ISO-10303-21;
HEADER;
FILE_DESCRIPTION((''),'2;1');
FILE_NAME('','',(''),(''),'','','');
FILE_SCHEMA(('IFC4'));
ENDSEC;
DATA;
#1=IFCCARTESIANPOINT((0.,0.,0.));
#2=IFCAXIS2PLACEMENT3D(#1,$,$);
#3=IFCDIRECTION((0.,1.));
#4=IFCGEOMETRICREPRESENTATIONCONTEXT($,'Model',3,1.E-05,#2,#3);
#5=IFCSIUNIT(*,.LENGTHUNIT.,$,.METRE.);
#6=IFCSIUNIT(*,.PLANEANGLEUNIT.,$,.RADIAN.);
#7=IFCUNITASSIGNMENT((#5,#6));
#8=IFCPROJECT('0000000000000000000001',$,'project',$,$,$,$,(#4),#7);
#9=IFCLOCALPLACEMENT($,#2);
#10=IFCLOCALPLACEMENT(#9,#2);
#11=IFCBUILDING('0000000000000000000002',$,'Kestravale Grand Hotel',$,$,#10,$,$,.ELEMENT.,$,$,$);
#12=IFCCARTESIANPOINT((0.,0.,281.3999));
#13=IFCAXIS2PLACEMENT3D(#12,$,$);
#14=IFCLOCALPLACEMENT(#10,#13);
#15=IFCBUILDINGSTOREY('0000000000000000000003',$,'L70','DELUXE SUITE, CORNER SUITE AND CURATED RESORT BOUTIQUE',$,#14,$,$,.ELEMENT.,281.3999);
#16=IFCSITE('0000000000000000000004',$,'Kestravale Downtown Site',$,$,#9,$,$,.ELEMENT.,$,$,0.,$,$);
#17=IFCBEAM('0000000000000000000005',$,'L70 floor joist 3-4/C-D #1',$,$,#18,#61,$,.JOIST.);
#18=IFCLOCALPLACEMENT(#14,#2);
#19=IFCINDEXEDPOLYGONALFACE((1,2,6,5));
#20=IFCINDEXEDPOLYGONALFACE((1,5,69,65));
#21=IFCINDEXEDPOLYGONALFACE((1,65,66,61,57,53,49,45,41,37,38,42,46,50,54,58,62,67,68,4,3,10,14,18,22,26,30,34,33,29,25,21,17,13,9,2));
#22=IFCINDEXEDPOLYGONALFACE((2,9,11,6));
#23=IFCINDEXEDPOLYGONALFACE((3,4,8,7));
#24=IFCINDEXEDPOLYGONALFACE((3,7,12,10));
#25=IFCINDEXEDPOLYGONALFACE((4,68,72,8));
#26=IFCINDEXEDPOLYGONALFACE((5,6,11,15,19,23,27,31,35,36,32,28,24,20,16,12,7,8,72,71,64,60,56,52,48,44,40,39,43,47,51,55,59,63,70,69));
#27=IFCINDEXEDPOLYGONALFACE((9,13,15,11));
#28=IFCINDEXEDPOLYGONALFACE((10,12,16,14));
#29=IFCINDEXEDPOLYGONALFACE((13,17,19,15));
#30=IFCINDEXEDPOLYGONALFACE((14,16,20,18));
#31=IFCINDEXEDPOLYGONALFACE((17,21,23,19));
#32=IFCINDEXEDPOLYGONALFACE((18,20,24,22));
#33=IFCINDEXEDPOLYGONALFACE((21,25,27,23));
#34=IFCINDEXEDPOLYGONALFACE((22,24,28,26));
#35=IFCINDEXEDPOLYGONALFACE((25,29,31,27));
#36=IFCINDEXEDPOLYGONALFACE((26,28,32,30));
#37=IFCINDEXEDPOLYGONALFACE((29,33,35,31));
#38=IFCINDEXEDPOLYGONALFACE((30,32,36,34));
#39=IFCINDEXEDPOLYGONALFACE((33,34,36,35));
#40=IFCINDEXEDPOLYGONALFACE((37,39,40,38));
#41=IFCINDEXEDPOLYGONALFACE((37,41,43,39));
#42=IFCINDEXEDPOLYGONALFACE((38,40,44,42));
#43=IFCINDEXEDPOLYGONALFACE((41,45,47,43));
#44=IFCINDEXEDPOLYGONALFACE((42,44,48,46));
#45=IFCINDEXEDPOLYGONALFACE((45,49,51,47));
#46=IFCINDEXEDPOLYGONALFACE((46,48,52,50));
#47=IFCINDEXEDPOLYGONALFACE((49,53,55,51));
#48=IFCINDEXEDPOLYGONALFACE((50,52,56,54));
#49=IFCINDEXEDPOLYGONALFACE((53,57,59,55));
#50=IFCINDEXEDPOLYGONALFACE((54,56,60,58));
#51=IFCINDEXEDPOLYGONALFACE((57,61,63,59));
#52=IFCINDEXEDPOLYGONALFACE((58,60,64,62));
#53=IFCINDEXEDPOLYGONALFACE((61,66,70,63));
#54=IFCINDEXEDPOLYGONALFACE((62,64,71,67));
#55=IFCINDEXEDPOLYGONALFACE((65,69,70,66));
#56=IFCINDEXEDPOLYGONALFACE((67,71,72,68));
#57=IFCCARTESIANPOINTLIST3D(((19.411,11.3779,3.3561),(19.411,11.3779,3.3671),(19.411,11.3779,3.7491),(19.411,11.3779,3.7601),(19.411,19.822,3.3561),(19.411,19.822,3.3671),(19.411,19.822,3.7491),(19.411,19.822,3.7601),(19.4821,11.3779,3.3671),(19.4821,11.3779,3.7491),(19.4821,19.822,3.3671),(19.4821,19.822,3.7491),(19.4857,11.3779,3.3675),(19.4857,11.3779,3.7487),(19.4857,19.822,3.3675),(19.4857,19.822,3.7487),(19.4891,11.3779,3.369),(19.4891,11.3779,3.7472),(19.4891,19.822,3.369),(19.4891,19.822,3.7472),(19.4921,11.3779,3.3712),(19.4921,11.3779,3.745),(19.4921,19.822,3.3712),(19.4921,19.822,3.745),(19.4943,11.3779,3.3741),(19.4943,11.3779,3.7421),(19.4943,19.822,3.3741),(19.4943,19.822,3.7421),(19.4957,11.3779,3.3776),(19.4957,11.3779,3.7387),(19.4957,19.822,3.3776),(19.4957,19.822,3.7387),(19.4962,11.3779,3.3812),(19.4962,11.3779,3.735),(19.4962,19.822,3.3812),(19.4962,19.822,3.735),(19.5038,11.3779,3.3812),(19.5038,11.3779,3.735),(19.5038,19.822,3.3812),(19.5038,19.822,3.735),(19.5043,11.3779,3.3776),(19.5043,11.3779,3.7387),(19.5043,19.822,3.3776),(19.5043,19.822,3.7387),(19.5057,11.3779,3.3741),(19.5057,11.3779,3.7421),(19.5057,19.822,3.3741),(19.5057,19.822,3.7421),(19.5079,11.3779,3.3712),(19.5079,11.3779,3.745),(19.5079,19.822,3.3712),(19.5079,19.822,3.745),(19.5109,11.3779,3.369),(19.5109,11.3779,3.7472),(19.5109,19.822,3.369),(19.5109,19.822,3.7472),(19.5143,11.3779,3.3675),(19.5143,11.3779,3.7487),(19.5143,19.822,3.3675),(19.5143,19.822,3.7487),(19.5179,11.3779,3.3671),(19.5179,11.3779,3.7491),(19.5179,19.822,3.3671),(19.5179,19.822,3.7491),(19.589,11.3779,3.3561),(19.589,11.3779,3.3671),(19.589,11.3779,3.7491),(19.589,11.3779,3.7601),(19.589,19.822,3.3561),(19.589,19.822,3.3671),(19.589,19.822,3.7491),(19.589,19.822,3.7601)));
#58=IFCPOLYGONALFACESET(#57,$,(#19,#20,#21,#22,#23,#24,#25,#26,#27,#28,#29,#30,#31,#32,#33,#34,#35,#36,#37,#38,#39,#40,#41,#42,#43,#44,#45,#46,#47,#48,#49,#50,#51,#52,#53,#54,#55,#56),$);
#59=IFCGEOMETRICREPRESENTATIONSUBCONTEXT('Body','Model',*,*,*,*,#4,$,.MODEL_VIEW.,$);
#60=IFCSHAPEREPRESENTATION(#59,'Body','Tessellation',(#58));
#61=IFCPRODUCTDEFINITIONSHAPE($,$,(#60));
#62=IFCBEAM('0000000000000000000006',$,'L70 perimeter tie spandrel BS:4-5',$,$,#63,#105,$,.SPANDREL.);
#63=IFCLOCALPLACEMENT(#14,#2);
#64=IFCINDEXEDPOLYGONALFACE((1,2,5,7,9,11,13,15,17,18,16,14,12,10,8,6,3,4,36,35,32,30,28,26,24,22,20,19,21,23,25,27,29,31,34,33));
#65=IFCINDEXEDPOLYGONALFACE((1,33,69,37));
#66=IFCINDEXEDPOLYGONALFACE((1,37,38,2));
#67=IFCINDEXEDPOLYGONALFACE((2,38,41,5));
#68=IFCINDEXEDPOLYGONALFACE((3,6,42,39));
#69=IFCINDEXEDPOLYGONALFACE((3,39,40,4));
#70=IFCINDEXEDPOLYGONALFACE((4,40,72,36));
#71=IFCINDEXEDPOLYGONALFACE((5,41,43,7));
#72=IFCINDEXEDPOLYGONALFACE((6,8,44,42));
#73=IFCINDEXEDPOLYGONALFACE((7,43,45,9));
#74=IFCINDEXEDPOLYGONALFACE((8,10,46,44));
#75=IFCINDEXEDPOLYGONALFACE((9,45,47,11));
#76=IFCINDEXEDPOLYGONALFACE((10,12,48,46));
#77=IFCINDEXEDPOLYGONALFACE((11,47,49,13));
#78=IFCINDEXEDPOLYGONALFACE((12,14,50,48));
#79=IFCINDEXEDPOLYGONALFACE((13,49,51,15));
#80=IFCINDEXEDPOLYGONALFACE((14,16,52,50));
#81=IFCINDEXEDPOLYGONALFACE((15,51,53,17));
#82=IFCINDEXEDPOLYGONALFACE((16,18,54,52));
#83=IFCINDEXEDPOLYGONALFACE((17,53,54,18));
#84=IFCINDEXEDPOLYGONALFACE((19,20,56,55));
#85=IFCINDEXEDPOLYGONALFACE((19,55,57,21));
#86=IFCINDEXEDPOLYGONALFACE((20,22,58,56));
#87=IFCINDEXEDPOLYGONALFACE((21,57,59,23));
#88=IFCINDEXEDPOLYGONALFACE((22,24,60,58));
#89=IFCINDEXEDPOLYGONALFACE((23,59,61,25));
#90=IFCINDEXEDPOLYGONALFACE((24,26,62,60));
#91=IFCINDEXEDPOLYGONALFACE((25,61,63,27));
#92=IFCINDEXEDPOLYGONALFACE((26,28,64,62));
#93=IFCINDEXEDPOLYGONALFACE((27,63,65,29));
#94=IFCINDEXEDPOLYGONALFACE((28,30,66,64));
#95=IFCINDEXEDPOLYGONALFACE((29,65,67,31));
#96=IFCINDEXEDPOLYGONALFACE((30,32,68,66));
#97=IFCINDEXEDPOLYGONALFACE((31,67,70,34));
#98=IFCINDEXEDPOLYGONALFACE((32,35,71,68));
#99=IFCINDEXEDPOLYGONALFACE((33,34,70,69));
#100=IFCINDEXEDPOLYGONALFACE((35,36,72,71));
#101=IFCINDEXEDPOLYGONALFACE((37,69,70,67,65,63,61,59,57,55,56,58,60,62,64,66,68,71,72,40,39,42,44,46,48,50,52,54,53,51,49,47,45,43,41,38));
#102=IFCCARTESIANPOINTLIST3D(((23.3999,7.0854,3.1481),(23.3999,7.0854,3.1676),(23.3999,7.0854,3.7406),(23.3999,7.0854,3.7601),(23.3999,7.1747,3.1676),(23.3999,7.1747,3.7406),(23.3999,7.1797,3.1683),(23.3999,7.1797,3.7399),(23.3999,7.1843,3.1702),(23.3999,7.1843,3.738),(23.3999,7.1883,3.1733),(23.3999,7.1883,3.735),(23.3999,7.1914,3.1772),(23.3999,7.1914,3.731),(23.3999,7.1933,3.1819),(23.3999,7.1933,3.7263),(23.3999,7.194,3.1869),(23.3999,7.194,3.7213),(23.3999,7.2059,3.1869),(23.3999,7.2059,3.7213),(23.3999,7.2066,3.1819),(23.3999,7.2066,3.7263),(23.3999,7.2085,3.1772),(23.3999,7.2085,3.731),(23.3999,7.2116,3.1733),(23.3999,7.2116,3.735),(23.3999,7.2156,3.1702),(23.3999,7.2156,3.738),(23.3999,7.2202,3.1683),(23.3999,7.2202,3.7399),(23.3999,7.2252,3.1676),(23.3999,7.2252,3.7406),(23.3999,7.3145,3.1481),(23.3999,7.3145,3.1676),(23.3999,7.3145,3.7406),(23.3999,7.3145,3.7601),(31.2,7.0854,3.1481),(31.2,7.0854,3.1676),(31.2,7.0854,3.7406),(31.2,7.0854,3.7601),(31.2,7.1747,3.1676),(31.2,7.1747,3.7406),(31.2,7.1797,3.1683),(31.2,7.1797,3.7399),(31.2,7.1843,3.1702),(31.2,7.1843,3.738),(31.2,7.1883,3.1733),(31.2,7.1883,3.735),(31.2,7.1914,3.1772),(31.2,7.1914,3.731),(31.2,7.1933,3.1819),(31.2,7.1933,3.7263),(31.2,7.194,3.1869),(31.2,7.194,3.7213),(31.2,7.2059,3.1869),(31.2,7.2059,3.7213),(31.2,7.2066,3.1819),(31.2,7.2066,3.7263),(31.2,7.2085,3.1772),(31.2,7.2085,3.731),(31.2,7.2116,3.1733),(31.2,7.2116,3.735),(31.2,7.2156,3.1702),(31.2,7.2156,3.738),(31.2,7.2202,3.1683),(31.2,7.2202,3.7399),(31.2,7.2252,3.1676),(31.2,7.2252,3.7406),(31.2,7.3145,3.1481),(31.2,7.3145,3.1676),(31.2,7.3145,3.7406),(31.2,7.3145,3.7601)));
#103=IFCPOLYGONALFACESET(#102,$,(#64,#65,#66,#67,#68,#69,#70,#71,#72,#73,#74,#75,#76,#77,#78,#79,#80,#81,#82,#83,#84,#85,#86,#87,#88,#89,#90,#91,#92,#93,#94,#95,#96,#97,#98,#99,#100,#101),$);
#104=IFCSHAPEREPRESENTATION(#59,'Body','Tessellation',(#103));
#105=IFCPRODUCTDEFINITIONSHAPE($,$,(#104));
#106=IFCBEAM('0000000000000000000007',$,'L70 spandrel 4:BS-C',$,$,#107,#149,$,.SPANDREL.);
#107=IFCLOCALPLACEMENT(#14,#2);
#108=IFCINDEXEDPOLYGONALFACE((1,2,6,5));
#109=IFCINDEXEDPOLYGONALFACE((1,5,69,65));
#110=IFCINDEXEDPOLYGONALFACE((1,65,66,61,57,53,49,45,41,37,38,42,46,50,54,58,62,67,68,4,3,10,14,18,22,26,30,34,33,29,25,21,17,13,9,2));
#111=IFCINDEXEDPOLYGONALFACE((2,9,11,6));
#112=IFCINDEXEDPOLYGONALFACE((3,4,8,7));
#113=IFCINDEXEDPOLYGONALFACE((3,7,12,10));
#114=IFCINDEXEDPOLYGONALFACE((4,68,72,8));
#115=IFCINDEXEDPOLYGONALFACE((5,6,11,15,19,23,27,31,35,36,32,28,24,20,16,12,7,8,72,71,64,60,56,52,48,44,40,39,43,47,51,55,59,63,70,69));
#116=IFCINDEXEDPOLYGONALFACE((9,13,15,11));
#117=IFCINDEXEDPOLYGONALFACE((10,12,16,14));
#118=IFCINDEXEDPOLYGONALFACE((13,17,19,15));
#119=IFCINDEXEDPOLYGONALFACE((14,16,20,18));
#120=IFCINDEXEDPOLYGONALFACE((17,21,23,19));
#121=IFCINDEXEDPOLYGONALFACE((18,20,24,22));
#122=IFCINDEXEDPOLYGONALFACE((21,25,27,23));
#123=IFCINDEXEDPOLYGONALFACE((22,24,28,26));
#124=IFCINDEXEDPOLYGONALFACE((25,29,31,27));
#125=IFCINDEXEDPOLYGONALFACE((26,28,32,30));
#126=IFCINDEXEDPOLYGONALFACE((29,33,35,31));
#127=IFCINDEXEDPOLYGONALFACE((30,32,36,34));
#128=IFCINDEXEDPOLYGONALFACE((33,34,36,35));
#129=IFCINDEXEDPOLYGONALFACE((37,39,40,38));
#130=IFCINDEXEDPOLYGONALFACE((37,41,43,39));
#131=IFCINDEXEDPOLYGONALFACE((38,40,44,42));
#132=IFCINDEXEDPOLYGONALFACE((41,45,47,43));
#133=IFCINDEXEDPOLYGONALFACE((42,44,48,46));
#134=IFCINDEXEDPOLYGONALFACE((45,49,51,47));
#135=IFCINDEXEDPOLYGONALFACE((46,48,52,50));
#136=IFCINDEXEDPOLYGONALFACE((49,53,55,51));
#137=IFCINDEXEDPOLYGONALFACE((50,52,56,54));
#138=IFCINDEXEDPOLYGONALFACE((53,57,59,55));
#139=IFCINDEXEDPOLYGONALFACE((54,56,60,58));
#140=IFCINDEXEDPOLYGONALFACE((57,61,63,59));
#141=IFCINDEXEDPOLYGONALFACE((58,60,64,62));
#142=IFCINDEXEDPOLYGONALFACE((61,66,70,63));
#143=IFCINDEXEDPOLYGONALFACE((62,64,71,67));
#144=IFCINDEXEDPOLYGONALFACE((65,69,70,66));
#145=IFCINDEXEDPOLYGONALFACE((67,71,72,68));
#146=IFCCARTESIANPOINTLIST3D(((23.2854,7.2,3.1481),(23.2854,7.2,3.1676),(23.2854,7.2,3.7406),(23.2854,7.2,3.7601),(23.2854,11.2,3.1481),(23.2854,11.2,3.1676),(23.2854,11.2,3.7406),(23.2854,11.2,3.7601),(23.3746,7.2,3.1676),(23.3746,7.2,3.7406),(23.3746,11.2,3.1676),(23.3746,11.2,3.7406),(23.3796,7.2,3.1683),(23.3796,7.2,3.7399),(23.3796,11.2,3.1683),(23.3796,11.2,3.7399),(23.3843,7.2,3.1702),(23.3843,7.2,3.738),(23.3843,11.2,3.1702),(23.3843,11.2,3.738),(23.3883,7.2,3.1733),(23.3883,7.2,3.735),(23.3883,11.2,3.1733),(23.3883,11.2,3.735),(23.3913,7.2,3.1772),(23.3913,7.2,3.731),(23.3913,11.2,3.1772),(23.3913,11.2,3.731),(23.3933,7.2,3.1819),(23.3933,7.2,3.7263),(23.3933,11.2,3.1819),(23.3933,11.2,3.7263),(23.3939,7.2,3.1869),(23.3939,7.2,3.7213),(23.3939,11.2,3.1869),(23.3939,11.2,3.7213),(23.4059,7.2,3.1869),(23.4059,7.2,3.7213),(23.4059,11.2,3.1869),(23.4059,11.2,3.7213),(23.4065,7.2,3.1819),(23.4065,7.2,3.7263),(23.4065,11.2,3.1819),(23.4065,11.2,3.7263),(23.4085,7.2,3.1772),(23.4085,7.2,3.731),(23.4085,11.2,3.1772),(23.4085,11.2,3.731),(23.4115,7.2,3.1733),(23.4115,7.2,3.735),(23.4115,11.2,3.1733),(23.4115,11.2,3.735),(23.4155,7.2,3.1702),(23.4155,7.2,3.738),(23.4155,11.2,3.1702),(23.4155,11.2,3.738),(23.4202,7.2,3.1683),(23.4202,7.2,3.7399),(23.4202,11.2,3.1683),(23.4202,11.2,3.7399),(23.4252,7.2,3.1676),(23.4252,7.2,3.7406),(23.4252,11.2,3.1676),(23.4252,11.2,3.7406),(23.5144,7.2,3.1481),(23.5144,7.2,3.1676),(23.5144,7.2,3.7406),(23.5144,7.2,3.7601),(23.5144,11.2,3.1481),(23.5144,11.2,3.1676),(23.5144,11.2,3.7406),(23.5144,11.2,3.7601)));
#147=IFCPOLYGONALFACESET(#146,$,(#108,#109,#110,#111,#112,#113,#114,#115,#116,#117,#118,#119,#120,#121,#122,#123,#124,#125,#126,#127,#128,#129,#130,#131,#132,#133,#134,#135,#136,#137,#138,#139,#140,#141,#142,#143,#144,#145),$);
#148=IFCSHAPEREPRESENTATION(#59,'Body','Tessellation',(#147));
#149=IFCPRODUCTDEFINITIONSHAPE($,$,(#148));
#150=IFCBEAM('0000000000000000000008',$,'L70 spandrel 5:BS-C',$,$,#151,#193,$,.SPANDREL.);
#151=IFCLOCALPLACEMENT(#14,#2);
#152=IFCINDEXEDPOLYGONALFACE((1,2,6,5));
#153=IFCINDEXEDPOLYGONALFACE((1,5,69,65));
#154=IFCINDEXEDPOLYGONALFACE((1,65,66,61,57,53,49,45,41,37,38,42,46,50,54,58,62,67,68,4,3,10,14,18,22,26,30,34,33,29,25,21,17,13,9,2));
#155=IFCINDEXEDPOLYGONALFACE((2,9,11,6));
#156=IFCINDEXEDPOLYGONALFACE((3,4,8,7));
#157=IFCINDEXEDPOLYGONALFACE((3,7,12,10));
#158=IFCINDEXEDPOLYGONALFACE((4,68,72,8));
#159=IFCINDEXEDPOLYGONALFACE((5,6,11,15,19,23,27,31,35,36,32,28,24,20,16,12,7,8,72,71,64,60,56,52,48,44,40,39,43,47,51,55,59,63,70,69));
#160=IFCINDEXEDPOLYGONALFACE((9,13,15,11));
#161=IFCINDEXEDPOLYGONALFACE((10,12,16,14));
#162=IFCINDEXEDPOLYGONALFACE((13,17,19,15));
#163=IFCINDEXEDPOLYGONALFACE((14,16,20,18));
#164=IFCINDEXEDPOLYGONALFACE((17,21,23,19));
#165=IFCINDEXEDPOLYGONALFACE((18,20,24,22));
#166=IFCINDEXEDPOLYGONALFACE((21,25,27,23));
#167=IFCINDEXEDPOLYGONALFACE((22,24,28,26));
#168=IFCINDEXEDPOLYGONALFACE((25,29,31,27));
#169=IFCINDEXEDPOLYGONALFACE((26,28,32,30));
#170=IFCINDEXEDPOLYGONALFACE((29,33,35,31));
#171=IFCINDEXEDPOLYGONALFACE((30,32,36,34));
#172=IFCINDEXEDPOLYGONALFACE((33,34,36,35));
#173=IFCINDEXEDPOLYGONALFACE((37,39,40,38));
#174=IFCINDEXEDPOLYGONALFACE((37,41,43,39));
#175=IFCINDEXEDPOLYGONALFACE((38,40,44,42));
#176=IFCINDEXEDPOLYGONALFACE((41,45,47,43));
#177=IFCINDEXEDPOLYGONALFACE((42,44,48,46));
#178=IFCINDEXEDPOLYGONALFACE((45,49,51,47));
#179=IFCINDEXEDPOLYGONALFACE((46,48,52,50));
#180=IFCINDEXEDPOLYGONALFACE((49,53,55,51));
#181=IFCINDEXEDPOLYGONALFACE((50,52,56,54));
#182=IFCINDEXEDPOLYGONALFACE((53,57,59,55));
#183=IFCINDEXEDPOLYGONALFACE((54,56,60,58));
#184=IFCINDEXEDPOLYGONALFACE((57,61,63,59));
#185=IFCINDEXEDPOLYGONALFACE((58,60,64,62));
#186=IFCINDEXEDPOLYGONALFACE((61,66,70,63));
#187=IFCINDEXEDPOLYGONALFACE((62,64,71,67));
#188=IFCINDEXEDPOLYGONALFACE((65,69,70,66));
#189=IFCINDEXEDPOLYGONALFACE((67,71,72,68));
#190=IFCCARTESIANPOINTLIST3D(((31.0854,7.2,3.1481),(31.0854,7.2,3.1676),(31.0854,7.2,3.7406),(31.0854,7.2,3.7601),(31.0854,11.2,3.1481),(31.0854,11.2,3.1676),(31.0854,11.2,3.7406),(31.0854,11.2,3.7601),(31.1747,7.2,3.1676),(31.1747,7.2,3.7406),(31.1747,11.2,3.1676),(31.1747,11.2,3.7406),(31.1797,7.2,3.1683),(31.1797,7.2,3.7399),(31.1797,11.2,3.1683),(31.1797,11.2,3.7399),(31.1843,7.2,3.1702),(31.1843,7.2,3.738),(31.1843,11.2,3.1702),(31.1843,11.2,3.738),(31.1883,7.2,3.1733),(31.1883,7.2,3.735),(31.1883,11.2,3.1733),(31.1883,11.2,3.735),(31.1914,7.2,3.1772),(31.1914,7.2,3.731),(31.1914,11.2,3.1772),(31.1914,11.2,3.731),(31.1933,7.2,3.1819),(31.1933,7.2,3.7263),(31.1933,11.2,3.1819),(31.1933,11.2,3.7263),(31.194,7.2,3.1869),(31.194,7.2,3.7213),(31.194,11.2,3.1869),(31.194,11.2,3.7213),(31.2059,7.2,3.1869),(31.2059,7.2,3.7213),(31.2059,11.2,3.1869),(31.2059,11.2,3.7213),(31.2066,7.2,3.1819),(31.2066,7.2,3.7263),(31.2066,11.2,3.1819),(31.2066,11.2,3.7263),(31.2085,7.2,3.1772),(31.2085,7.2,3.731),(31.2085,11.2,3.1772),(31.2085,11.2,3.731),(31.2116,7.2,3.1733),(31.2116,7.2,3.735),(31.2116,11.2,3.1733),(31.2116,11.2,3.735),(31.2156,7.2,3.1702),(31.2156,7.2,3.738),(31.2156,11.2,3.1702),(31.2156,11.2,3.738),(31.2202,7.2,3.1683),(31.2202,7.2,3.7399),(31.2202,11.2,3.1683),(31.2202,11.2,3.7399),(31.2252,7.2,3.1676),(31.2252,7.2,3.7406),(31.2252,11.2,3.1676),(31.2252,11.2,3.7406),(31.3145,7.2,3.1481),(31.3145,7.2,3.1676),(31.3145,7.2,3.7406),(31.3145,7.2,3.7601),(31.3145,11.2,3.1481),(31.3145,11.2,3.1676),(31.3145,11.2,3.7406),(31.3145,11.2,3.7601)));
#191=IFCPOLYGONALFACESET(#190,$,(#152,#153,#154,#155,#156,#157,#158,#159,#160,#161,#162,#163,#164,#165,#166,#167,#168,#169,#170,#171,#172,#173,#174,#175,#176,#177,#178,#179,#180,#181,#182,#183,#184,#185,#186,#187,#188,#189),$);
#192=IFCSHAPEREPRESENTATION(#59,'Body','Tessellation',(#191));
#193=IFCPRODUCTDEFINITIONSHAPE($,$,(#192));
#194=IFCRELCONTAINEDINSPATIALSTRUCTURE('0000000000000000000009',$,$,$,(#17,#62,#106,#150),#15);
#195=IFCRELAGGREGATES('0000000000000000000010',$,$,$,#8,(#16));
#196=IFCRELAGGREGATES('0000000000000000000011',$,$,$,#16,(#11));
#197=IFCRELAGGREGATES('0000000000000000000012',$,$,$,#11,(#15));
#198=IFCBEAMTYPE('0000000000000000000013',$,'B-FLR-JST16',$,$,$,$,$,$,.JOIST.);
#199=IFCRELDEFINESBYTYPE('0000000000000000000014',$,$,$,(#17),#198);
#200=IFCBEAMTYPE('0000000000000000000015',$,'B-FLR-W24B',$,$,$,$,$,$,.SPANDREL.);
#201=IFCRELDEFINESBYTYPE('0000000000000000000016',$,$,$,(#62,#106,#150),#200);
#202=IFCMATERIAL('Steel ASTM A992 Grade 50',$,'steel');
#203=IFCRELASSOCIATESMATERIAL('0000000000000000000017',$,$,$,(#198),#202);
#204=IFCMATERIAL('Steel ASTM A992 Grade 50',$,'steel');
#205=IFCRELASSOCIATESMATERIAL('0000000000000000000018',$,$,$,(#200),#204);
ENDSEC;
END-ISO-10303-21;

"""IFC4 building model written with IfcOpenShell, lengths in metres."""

from ifc_helpers import new_model, si_unit, direction, frame, origin, origin_2d, place, context, subcontext, project, spatial, i_section, extrude, material, material_profile, profile_set, type_object, element, save


model = new_model("IFC4")

# Units and contexts
model_context = context("Model", 3, precision=1e-05, world=origin(), true_north=direction((0.0, 1.0)))
body_context = subcontext(model_context, "Body", "Model", "MODEL_VIEW")
ifc_project = project(units=[si_unit("LENGTHUNIT", "METRE"), si_unit("PLANEANGLEUNIT", "RADIAN")], contexts=[model_context])

# Site, building, storey
site_placement = place(None, origin())
site = spatial("IfcSite", under=ifc_project, at=site_placement, Name="Kestravale Downtown Site", CompositionType="ELEMENT", RefElevation=0.0)
building_placement = place(site_placement, origin())
building = spatial("IfcBuilding", under=site, at=building_placement, Name="Kestravale Grand Hotel", CompositionType="ELEMENT")
storey_placement = place(building_placement, frame((0.0, 0.0, 281.3999)))
storey = spatial("IfcBuildingStorey", under=building, at=storey_placement, Name="L70", Description="DELUXE SUITE, CORNER SUITE AND CURATED RESORT BOUTIQUE", CompositionType="ELEMENT", Elevation=281.3999)

# Beams
ifc_material_1 = material(Name="Steel ASTM A992 Grade 50", Category="steel")
ifc_material_profile_1 = material_profile(ifc_material_1, i_section(OverallWidth=0.178, OverallDepth=0.4041, WebThickness=0.0076, FlangeThickness=0.011, FilletRadius=0.0142, at=origin_2d()))
ifc_profile_set_1 = profile_set([ifc_material_profile_1], Name="Steel ASTM A992 Grade 50")
beam_type_1 = type_object("IfcBeamType", Name="B-FLR-JST16", PredefinedType="JOIST", material=ifc_profile_set_1)
beam_1_placement = place(storey_placement, frame((19.5, 11.3779, 3.5581), z_axis=(0.0, 1.0, 0.0), x_axis=(-1.0, 0.0, 0.0)))
element("IfcBeam", 1, at=beam_1_placement, inside=storey, type_object=beam_type_1, Name="L70 floor joist 3-4/C-D #1", PredefinedType="JOIST", context=body_context, shape_type="SweptSolid", body=[
    extrude(i_section(OverallWidth=0.178, OverallDepth=0.4041, WebThickness=0.0076, FlangeThickness=0.011, FilletRadius=0.0142, at=origin_2d()), origin(), (0.0, 0.0, 1.0), 8.4441),
])
ifc_material_2 = material(Name="Steel ASTM A992 Grade 50", Category="steel")
ifc_material_profile_2 = material_profile(ifc_material_2, i_section(OverallWidth=0.229, OverallDepth=0.6121, WebThickness=0.012, FlangeThickness=0.0195, FilletRadius=0.0193, at=origin_2d()))
ifc_profile_set_2 = profile_set([ifc_material_profile_2], Name="Steel ASTM A992 Grade 50")
beam_type_2 = type_object("IfcBeamType", Name="B-FLR-W24B", PredefinedType="SPANDREL", material=ifc_profile_set_2)
beam_2_placement = place(storey_placement, frame((23.3999, 7.2, 3.4541), z_axis=(1.0, 0.0, 0.0), x_axis=(0.0, 1.0, 0.0)))
element("IfcBeam", 2, at=beam_2_placement, inside=storey, type_object=beam_type_2, Name="L70 perimeter tie spandrel BS:4-5", PredefinedType="SPANDREL", context=body_context, shape_type="SweptSolid", body=[
    extrude(i_section(OverallWidth=0.229, OverallDepth=0.6121, WebThickness=0.012, FlangeThickness=0.0195, FilletRadius=0.0193, at=origin_2d()), origin(), (0.0, 0.0, 1.0), 7.8),
])
for number, where, z_axis, x_axis, name in (
    (3, (23.3999, 7.2, 3.4541), (0.0, 1.0, 0.0), (-1.0, 0.0, 0.0), "L70 spandrel 4:BS-C"),
    (4, (31.2, 7.2, 3.4541), (0.0, 1.0, 0.0), (-1.0, 0.0, 0.0), "L70 spandrel 5:BS-C"),
):
    element("IfcBeam", number, at=place(storey_placement, frame(where, z_axis=z_axis, x_axis=x_axis)), inside=storey, type_object=beam_type_2, Name=name, PredefinedType="SPANDREL", context=body_context, shape_type="SweptSolid", body=[
        extrude(i_section(OverallWidth=0.229, OverallDepth=0.6121, WebThickness=0.012, FlangeThickness=0.0195, FilletRadius=0.0193, at=origin_2d()), origin(), (0.0, 0.0, 1.0), 4.0),
    ])

save(model, "model.ifc")
